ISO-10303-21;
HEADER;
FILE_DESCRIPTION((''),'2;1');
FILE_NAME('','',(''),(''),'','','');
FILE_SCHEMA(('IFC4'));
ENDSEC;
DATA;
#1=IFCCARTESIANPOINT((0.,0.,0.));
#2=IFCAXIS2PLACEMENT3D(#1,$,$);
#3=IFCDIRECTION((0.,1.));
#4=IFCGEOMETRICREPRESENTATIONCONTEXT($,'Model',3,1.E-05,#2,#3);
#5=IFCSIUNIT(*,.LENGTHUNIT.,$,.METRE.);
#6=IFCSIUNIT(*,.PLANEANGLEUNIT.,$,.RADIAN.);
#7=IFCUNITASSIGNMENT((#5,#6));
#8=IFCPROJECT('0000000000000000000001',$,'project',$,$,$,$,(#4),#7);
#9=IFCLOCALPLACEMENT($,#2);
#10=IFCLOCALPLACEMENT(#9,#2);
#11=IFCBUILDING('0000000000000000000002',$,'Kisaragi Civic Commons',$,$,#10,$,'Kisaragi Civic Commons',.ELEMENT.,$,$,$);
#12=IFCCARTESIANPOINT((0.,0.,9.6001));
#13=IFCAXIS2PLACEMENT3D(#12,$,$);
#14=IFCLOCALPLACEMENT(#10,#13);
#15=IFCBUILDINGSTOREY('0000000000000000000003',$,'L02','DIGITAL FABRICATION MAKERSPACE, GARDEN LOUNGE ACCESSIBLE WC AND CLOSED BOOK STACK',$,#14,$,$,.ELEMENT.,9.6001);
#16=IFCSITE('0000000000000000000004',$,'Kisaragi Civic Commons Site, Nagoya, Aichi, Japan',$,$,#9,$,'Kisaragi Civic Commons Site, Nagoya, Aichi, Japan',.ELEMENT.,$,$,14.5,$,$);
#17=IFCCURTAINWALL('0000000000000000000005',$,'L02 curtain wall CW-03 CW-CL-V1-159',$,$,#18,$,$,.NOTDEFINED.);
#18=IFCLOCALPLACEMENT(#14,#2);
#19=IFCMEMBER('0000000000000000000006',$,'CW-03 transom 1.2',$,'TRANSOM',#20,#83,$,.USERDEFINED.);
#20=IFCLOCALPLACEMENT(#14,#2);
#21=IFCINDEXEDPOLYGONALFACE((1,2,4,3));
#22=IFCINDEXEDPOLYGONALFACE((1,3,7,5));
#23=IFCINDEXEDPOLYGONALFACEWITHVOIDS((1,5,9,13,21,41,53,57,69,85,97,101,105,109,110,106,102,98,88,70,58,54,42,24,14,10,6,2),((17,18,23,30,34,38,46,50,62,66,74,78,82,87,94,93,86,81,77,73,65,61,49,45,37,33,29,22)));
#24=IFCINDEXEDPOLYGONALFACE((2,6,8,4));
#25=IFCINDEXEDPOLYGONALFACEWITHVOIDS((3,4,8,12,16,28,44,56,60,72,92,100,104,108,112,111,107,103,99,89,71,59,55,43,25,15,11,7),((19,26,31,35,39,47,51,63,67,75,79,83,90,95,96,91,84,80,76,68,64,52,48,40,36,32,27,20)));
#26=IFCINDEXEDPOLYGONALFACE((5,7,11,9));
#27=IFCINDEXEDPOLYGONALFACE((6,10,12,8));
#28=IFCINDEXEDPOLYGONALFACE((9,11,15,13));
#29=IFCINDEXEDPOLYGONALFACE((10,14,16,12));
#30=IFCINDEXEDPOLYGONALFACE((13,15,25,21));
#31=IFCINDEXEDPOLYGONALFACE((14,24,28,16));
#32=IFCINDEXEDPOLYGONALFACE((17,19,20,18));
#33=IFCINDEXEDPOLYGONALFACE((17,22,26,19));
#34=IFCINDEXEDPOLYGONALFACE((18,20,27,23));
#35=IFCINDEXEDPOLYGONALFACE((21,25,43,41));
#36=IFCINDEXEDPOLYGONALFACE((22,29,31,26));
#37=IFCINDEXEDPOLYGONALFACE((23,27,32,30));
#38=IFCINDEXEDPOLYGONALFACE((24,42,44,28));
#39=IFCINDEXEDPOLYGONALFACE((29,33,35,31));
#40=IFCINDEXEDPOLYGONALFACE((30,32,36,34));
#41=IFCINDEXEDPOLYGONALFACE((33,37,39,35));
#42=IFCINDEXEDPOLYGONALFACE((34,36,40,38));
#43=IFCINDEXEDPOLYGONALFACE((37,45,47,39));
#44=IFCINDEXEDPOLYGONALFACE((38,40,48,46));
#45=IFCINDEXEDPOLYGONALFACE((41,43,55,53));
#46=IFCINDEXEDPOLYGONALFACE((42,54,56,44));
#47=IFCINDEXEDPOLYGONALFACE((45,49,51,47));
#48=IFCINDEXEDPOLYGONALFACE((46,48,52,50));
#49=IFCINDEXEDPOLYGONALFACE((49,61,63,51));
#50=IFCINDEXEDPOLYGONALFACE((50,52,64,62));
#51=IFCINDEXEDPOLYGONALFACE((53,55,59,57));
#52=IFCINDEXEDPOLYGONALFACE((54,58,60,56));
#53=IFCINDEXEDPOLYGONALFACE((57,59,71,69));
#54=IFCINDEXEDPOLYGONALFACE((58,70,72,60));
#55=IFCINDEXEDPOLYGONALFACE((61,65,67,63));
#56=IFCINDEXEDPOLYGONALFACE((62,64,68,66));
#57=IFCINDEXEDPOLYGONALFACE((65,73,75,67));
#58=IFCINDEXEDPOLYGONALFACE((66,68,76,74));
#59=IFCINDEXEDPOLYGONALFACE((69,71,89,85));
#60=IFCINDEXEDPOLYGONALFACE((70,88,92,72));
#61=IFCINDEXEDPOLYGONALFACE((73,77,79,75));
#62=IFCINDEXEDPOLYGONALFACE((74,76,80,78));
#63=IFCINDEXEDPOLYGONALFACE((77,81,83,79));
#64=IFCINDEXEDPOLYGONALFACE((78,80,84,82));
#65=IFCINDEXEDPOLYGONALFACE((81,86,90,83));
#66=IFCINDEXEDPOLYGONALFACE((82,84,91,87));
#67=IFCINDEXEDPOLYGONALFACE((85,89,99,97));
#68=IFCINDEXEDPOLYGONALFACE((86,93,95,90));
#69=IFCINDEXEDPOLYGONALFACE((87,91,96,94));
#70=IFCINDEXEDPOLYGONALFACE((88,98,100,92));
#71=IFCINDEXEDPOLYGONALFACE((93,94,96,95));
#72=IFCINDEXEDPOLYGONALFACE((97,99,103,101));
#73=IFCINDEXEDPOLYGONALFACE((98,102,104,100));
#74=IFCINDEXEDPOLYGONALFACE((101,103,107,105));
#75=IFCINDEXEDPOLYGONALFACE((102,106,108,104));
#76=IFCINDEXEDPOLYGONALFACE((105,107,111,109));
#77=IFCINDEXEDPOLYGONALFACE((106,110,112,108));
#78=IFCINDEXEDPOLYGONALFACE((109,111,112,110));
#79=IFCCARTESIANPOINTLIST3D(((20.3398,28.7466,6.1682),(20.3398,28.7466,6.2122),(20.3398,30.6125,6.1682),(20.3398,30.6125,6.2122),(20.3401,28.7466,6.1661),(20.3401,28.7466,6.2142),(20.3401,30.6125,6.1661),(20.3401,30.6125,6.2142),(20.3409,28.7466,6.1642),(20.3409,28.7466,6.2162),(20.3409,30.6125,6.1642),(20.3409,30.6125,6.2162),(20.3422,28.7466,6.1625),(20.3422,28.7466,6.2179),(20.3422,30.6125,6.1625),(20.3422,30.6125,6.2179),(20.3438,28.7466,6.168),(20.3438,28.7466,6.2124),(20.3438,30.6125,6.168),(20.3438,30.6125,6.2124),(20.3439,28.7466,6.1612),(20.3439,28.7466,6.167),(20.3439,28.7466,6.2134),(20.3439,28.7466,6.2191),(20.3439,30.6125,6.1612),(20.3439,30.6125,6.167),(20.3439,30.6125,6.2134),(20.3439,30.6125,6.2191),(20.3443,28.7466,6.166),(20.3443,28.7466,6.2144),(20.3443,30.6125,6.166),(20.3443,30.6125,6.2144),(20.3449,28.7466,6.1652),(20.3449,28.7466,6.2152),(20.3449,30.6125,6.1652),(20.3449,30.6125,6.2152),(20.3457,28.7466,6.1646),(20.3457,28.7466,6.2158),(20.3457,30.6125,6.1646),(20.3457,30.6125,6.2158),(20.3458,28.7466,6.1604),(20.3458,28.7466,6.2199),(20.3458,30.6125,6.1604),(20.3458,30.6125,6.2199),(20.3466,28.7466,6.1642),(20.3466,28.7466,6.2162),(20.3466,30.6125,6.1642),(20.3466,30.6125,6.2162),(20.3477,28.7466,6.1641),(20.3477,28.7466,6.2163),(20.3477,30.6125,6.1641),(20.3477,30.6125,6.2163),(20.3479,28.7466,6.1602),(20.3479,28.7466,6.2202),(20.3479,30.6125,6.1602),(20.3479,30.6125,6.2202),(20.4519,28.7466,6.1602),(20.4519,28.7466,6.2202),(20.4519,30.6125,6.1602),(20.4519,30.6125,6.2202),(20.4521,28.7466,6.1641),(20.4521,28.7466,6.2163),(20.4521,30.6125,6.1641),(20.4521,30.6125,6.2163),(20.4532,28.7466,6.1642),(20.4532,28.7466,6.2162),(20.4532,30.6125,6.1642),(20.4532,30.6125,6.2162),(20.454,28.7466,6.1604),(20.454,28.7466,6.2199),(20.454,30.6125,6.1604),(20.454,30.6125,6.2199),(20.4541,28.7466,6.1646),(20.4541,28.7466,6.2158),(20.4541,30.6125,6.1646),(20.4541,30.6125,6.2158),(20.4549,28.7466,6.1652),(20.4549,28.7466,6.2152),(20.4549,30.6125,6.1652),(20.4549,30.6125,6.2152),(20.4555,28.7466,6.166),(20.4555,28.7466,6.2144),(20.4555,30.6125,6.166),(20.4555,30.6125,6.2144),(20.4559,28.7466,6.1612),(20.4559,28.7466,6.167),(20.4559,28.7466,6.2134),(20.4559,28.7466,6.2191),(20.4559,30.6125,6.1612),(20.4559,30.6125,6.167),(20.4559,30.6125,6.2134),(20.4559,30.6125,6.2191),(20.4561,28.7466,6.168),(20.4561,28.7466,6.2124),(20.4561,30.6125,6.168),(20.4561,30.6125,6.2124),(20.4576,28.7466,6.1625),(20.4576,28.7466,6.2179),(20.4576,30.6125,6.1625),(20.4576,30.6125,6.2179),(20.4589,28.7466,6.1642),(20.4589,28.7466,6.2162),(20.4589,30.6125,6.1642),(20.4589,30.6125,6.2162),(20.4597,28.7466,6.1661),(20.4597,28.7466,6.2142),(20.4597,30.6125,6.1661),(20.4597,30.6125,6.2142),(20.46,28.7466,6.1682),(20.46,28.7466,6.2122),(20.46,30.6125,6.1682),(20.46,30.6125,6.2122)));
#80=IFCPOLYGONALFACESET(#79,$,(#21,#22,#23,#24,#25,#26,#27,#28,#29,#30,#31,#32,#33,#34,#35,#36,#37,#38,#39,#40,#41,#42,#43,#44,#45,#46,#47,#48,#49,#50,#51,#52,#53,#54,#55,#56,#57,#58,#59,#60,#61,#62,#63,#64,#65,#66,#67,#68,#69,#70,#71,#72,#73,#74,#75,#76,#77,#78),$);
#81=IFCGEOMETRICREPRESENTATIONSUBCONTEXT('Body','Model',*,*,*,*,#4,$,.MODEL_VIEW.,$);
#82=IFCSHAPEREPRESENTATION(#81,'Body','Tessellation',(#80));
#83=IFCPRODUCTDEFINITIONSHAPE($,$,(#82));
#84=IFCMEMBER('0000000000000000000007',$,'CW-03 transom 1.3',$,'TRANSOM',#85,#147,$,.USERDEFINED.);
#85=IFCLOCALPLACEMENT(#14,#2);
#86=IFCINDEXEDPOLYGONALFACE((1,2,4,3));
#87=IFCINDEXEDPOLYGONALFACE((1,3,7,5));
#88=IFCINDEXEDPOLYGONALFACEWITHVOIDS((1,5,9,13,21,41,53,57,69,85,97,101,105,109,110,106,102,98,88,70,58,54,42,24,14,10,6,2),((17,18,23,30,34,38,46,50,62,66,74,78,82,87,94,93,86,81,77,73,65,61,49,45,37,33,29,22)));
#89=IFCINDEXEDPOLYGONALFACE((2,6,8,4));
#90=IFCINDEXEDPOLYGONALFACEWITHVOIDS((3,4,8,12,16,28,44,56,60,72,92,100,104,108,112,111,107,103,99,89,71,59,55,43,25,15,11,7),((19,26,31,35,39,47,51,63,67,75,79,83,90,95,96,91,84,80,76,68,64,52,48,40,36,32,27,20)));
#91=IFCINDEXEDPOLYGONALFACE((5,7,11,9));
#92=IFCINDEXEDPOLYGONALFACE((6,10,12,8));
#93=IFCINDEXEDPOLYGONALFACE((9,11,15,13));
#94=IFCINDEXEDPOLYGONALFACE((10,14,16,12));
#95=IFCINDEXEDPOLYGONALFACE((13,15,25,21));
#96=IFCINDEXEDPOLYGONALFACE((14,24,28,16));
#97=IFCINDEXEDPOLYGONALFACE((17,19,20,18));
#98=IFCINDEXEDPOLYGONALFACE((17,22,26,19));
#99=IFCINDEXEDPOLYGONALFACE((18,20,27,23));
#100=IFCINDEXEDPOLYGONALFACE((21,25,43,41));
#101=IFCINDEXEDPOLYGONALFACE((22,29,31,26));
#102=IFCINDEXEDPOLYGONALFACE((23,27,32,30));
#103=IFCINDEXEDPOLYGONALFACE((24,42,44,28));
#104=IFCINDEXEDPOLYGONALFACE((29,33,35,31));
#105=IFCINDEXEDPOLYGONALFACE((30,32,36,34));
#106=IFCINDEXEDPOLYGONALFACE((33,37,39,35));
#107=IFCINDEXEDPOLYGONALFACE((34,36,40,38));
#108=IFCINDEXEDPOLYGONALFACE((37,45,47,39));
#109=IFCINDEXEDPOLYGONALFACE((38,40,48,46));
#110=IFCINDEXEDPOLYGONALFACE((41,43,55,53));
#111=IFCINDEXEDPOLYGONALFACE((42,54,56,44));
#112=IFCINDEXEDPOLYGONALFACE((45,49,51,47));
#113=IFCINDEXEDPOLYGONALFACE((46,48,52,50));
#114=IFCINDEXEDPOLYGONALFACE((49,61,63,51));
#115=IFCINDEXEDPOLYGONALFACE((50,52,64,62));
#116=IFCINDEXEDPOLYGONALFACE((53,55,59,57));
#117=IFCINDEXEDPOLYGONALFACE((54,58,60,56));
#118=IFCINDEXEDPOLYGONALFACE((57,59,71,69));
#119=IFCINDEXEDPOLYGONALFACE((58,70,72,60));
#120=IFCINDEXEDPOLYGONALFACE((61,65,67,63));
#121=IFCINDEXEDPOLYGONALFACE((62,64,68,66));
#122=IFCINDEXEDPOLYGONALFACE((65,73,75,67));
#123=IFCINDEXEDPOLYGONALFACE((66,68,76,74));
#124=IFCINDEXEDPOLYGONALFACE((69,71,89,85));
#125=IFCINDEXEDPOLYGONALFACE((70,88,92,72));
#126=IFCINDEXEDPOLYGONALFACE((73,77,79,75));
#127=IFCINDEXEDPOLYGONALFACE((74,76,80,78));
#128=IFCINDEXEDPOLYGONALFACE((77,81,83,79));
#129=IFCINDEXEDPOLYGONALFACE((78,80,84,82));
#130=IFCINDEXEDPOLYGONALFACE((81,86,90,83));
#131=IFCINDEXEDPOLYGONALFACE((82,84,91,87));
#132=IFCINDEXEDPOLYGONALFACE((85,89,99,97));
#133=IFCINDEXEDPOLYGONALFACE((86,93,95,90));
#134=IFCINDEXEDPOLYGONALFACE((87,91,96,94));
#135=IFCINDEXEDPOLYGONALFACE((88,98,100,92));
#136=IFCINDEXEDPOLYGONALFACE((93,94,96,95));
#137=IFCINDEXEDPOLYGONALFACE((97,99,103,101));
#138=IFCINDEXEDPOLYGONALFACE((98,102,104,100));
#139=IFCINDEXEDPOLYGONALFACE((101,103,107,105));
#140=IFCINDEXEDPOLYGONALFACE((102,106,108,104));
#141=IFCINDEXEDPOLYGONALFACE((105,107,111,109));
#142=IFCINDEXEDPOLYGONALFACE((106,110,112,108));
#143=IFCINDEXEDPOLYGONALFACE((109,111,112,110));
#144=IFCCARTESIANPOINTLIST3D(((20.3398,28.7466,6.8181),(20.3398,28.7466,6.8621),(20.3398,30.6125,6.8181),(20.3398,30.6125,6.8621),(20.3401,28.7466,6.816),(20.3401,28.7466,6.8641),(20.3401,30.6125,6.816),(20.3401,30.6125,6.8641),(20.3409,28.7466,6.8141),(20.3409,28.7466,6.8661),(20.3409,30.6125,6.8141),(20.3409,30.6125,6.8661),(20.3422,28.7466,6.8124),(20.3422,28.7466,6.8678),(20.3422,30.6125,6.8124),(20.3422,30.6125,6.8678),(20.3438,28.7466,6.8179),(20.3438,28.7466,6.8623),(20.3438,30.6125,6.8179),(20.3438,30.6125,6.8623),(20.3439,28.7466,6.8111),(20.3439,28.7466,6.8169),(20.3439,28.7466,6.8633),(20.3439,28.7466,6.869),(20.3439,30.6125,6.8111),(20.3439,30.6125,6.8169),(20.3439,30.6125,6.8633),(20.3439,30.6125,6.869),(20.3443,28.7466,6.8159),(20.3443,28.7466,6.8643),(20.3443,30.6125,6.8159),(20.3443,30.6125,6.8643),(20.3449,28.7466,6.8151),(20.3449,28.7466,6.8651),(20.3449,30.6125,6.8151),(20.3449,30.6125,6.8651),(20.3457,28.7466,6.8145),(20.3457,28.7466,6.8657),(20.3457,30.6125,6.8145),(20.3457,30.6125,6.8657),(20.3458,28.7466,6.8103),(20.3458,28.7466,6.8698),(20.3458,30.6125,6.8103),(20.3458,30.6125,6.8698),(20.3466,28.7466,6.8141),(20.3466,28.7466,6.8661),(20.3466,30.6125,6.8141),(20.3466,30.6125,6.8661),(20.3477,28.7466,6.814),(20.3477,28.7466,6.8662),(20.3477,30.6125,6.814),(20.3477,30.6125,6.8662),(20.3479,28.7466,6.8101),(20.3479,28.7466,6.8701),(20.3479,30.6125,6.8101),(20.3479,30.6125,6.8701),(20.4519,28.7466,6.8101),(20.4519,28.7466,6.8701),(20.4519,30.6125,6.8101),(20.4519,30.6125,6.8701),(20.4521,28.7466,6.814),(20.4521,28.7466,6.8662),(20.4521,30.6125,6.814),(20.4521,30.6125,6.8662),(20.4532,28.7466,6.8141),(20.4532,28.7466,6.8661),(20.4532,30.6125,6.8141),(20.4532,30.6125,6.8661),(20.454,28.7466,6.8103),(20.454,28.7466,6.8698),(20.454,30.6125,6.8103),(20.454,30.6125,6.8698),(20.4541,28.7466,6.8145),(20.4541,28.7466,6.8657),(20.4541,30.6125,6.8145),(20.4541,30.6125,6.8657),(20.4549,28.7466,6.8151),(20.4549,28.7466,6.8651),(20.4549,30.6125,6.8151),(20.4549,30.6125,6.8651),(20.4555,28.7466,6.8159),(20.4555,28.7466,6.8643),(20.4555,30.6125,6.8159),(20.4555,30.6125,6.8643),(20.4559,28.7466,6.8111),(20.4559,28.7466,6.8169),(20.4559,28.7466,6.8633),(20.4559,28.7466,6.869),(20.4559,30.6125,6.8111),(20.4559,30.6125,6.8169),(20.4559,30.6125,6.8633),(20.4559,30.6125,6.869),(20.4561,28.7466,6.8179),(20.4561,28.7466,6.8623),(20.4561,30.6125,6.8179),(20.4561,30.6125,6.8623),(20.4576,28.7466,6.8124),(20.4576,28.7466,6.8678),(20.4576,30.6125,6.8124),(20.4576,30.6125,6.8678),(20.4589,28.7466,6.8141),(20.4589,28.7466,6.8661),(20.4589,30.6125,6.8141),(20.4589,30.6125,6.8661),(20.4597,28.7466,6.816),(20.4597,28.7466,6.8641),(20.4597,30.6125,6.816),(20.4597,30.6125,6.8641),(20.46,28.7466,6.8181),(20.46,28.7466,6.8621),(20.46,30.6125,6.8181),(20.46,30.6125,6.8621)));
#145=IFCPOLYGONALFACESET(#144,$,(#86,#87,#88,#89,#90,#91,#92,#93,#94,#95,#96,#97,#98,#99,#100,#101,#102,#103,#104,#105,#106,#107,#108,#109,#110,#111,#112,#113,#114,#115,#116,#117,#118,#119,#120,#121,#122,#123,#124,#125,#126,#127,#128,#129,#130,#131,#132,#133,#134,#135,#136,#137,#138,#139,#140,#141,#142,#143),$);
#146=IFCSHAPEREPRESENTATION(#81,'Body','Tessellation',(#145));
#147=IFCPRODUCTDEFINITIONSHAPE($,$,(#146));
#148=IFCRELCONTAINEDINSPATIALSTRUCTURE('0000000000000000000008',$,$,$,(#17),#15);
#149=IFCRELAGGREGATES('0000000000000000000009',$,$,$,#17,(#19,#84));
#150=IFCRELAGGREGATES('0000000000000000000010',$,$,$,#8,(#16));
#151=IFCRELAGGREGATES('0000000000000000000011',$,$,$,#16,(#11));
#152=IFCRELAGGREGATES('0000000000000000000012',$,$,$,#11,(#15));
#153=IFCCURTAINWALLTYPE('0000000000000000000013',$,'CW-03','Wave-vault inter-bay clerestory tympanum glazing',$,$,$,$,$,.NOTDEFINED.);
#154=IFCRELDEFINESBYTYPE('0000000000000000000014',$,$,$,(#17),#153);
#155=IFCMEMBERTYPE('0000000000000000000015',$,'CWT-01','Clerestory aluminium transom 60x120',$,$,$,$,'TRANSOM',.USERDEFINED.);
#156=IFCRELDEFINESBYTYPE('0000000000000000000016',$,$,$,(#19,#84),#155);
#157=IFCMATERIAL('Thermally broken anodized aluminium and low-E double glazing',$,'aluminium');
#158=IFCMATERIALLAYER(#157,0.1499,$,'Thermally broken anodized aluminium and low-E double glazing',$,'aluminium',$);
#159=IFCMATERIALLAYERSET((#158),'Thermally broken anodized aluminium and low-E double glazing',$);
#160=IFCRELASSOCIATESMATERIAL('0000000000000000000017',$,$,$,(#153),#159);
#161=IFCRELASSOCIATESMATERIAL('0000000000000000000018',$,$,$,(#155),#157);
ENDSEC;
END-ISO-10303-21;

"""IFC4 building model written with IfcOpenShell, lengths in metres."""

from ifc_helpers import new_model, si_unit, direction, frame, origin, origin_2d, place, context, subcontext, project, spatial, hollow_rectangle, extrude, material, layer, layer_set, material_profile, profile_set, type_object, element, aggregate, save


model = new_model("IFC4")

# Units and contexts
model_context = context("Model", 3, precision=1e-05, world=origin(), true_north=direction((0.0, 1.0)))
body_context = subcontext(model_context, "Body", "Model", "MODEL_VIEW")
ifc_project = project(units=[si_unit("LENGTHUNIT", "METRE"), si_unit("PLANEANGLEUNIT", "RADIAN")], contexts=[model_context])

# Site, building, storey
site_placement = place(None, origin())
site = spatial("IfcSite", under=ifc_project, at=site_placement, Name="Kisaragi Civic Commons Site, Nagoya, Aichi, Japan", LongName="Kisaragi Civic Commons Site, Nagoya, Aichi, Japan", CompositionType="ELEMENT", RefElevation=14.5)
building_placement = place(site_placement, origin())
building = spatial("IfcBuilding", under=site, at=building_placement, Name="Kisaragi Civic Commons", LongName="Kisaragi Civic Commons", CompositionType="ELEMENT")
storey_placement = place(building_placement, frame((0.0, 0.0, 9.6001)))
storey = spatial("IfcBuildingStorey", under=building, at=storey_placement, Name="L02", Description="DIGITAL FABRICATION MAKERSPACE, GARDEN LOUNGE ACCESSIBLE WC AND CLOSED BOOK STACK", CompositionType="ELEMENT", Elevation=9.6001)

# Shared definitions
ifc_material_1 = material(Name="Thermally broken anodized aluminium and low-E double glazing", Category="aluminium")
ifc_layer_1 = layer(ifc_material_1, 0.1499, Name="Thermally broken anodized aluminium and low-E double glazing", Category="aluminium")
ifc_layer_set_1 = layer_set([ifc_layer_1], Name="Thermally broken anodized aluminium and low-E double glazing")
curtain_wall_type = type_object("IfcCurtainWallType", Name="CW-03", Description="Wave-vault inter-bay clerestory tympanum glazing", PredefinedType="NOTDEFINED", material=ifc_layer_set_1)

# Curtain wall
curtain_wall_1_placement = place(storey_placement, origin())
curtain_wall_1 = element("IfcCurtainWall", 1, at=curtain_wall_1_placement, inside=storey, type_object=curtain_wall_type, Name="L02 curtain wall CW-03 CW-CL-V1-159", PredefinedType="NOTDEFINED")

# Members
ifc_material_profile_1 = material_profile(ifc_material_1, hollow_rectangle(XDim=0.1201, YDim=0.0601, WallThickness=0.0039, InnerFilletRadius=0.0039, OuterFilletRadius=0.0081, at=origin_2d()), Name="CWT-60x120x4", Category="aluminium")
ifc_profile_set_1 = profile_set([ifc_material_profile_1], Name="Thermally broken anodized aluminium and low-E double glazing")
member_type_1 = type_object("IfcMemberType", Name="CWT-01", Description="Clerestory aluminium transom 60x120", ElementType="TRANSOM", PredefinedType="USERDEFINED", material=ifc_profile_set_1)
member_1_placement = place(storey_placement, frame((20.3999, 28.7466, 6.1902), z_axis=(0.0, 1.0, 0.0), x_axis=(-1.0, 0.0, 0.0)))
member_1 = element("IfcMember", 2, at=member_1_placement, type_object=member_type_1, Name="CW-03 transom 1.2", ObjectType="TRANSOM", PredefinedType="USERDEFINED", context=body_context, shape_type="SweptSolid", body=[
    extrude(hollow_rectangle(XDim=0.1201, YDim=0.0601, WallThickness=0.0039, InnerFilletRadius=0.0039, OuterFilletRadius=0.0081, at=origin_2d()), origin(), (0.0, 0.0, 1.0), 1.866),
])
member_2_placement = place(storey_placement, frame((20.3999, 28.7466, 6.8401), z_axis=(0.0, 1.0, 0.0), x_axis=(-1.0, 0.0, 0.0)))
member_2 = element("IfcMember", 3, at=member_2_placement, type_object=member_type_1, Name="CW-03 transom 1.3", ObjectType="TRANSOM", PredefinedType="USERDEFINED", context=body_context, shape_type="SweptSolid", body=[
    extrude(hollow_rectangle(XDim=0.1201, YDim=0.0601, WallThickness=0.0039, InnerFilletRadius=0.0039, OuterFilletRadius=0.0081, at=origin_2d()), origin(), (0.0, 0.0, 1.0), 1.866),
])

aggregate(curtain_wall_1, [member_1, member_2])

save(model, "model.ifc")
